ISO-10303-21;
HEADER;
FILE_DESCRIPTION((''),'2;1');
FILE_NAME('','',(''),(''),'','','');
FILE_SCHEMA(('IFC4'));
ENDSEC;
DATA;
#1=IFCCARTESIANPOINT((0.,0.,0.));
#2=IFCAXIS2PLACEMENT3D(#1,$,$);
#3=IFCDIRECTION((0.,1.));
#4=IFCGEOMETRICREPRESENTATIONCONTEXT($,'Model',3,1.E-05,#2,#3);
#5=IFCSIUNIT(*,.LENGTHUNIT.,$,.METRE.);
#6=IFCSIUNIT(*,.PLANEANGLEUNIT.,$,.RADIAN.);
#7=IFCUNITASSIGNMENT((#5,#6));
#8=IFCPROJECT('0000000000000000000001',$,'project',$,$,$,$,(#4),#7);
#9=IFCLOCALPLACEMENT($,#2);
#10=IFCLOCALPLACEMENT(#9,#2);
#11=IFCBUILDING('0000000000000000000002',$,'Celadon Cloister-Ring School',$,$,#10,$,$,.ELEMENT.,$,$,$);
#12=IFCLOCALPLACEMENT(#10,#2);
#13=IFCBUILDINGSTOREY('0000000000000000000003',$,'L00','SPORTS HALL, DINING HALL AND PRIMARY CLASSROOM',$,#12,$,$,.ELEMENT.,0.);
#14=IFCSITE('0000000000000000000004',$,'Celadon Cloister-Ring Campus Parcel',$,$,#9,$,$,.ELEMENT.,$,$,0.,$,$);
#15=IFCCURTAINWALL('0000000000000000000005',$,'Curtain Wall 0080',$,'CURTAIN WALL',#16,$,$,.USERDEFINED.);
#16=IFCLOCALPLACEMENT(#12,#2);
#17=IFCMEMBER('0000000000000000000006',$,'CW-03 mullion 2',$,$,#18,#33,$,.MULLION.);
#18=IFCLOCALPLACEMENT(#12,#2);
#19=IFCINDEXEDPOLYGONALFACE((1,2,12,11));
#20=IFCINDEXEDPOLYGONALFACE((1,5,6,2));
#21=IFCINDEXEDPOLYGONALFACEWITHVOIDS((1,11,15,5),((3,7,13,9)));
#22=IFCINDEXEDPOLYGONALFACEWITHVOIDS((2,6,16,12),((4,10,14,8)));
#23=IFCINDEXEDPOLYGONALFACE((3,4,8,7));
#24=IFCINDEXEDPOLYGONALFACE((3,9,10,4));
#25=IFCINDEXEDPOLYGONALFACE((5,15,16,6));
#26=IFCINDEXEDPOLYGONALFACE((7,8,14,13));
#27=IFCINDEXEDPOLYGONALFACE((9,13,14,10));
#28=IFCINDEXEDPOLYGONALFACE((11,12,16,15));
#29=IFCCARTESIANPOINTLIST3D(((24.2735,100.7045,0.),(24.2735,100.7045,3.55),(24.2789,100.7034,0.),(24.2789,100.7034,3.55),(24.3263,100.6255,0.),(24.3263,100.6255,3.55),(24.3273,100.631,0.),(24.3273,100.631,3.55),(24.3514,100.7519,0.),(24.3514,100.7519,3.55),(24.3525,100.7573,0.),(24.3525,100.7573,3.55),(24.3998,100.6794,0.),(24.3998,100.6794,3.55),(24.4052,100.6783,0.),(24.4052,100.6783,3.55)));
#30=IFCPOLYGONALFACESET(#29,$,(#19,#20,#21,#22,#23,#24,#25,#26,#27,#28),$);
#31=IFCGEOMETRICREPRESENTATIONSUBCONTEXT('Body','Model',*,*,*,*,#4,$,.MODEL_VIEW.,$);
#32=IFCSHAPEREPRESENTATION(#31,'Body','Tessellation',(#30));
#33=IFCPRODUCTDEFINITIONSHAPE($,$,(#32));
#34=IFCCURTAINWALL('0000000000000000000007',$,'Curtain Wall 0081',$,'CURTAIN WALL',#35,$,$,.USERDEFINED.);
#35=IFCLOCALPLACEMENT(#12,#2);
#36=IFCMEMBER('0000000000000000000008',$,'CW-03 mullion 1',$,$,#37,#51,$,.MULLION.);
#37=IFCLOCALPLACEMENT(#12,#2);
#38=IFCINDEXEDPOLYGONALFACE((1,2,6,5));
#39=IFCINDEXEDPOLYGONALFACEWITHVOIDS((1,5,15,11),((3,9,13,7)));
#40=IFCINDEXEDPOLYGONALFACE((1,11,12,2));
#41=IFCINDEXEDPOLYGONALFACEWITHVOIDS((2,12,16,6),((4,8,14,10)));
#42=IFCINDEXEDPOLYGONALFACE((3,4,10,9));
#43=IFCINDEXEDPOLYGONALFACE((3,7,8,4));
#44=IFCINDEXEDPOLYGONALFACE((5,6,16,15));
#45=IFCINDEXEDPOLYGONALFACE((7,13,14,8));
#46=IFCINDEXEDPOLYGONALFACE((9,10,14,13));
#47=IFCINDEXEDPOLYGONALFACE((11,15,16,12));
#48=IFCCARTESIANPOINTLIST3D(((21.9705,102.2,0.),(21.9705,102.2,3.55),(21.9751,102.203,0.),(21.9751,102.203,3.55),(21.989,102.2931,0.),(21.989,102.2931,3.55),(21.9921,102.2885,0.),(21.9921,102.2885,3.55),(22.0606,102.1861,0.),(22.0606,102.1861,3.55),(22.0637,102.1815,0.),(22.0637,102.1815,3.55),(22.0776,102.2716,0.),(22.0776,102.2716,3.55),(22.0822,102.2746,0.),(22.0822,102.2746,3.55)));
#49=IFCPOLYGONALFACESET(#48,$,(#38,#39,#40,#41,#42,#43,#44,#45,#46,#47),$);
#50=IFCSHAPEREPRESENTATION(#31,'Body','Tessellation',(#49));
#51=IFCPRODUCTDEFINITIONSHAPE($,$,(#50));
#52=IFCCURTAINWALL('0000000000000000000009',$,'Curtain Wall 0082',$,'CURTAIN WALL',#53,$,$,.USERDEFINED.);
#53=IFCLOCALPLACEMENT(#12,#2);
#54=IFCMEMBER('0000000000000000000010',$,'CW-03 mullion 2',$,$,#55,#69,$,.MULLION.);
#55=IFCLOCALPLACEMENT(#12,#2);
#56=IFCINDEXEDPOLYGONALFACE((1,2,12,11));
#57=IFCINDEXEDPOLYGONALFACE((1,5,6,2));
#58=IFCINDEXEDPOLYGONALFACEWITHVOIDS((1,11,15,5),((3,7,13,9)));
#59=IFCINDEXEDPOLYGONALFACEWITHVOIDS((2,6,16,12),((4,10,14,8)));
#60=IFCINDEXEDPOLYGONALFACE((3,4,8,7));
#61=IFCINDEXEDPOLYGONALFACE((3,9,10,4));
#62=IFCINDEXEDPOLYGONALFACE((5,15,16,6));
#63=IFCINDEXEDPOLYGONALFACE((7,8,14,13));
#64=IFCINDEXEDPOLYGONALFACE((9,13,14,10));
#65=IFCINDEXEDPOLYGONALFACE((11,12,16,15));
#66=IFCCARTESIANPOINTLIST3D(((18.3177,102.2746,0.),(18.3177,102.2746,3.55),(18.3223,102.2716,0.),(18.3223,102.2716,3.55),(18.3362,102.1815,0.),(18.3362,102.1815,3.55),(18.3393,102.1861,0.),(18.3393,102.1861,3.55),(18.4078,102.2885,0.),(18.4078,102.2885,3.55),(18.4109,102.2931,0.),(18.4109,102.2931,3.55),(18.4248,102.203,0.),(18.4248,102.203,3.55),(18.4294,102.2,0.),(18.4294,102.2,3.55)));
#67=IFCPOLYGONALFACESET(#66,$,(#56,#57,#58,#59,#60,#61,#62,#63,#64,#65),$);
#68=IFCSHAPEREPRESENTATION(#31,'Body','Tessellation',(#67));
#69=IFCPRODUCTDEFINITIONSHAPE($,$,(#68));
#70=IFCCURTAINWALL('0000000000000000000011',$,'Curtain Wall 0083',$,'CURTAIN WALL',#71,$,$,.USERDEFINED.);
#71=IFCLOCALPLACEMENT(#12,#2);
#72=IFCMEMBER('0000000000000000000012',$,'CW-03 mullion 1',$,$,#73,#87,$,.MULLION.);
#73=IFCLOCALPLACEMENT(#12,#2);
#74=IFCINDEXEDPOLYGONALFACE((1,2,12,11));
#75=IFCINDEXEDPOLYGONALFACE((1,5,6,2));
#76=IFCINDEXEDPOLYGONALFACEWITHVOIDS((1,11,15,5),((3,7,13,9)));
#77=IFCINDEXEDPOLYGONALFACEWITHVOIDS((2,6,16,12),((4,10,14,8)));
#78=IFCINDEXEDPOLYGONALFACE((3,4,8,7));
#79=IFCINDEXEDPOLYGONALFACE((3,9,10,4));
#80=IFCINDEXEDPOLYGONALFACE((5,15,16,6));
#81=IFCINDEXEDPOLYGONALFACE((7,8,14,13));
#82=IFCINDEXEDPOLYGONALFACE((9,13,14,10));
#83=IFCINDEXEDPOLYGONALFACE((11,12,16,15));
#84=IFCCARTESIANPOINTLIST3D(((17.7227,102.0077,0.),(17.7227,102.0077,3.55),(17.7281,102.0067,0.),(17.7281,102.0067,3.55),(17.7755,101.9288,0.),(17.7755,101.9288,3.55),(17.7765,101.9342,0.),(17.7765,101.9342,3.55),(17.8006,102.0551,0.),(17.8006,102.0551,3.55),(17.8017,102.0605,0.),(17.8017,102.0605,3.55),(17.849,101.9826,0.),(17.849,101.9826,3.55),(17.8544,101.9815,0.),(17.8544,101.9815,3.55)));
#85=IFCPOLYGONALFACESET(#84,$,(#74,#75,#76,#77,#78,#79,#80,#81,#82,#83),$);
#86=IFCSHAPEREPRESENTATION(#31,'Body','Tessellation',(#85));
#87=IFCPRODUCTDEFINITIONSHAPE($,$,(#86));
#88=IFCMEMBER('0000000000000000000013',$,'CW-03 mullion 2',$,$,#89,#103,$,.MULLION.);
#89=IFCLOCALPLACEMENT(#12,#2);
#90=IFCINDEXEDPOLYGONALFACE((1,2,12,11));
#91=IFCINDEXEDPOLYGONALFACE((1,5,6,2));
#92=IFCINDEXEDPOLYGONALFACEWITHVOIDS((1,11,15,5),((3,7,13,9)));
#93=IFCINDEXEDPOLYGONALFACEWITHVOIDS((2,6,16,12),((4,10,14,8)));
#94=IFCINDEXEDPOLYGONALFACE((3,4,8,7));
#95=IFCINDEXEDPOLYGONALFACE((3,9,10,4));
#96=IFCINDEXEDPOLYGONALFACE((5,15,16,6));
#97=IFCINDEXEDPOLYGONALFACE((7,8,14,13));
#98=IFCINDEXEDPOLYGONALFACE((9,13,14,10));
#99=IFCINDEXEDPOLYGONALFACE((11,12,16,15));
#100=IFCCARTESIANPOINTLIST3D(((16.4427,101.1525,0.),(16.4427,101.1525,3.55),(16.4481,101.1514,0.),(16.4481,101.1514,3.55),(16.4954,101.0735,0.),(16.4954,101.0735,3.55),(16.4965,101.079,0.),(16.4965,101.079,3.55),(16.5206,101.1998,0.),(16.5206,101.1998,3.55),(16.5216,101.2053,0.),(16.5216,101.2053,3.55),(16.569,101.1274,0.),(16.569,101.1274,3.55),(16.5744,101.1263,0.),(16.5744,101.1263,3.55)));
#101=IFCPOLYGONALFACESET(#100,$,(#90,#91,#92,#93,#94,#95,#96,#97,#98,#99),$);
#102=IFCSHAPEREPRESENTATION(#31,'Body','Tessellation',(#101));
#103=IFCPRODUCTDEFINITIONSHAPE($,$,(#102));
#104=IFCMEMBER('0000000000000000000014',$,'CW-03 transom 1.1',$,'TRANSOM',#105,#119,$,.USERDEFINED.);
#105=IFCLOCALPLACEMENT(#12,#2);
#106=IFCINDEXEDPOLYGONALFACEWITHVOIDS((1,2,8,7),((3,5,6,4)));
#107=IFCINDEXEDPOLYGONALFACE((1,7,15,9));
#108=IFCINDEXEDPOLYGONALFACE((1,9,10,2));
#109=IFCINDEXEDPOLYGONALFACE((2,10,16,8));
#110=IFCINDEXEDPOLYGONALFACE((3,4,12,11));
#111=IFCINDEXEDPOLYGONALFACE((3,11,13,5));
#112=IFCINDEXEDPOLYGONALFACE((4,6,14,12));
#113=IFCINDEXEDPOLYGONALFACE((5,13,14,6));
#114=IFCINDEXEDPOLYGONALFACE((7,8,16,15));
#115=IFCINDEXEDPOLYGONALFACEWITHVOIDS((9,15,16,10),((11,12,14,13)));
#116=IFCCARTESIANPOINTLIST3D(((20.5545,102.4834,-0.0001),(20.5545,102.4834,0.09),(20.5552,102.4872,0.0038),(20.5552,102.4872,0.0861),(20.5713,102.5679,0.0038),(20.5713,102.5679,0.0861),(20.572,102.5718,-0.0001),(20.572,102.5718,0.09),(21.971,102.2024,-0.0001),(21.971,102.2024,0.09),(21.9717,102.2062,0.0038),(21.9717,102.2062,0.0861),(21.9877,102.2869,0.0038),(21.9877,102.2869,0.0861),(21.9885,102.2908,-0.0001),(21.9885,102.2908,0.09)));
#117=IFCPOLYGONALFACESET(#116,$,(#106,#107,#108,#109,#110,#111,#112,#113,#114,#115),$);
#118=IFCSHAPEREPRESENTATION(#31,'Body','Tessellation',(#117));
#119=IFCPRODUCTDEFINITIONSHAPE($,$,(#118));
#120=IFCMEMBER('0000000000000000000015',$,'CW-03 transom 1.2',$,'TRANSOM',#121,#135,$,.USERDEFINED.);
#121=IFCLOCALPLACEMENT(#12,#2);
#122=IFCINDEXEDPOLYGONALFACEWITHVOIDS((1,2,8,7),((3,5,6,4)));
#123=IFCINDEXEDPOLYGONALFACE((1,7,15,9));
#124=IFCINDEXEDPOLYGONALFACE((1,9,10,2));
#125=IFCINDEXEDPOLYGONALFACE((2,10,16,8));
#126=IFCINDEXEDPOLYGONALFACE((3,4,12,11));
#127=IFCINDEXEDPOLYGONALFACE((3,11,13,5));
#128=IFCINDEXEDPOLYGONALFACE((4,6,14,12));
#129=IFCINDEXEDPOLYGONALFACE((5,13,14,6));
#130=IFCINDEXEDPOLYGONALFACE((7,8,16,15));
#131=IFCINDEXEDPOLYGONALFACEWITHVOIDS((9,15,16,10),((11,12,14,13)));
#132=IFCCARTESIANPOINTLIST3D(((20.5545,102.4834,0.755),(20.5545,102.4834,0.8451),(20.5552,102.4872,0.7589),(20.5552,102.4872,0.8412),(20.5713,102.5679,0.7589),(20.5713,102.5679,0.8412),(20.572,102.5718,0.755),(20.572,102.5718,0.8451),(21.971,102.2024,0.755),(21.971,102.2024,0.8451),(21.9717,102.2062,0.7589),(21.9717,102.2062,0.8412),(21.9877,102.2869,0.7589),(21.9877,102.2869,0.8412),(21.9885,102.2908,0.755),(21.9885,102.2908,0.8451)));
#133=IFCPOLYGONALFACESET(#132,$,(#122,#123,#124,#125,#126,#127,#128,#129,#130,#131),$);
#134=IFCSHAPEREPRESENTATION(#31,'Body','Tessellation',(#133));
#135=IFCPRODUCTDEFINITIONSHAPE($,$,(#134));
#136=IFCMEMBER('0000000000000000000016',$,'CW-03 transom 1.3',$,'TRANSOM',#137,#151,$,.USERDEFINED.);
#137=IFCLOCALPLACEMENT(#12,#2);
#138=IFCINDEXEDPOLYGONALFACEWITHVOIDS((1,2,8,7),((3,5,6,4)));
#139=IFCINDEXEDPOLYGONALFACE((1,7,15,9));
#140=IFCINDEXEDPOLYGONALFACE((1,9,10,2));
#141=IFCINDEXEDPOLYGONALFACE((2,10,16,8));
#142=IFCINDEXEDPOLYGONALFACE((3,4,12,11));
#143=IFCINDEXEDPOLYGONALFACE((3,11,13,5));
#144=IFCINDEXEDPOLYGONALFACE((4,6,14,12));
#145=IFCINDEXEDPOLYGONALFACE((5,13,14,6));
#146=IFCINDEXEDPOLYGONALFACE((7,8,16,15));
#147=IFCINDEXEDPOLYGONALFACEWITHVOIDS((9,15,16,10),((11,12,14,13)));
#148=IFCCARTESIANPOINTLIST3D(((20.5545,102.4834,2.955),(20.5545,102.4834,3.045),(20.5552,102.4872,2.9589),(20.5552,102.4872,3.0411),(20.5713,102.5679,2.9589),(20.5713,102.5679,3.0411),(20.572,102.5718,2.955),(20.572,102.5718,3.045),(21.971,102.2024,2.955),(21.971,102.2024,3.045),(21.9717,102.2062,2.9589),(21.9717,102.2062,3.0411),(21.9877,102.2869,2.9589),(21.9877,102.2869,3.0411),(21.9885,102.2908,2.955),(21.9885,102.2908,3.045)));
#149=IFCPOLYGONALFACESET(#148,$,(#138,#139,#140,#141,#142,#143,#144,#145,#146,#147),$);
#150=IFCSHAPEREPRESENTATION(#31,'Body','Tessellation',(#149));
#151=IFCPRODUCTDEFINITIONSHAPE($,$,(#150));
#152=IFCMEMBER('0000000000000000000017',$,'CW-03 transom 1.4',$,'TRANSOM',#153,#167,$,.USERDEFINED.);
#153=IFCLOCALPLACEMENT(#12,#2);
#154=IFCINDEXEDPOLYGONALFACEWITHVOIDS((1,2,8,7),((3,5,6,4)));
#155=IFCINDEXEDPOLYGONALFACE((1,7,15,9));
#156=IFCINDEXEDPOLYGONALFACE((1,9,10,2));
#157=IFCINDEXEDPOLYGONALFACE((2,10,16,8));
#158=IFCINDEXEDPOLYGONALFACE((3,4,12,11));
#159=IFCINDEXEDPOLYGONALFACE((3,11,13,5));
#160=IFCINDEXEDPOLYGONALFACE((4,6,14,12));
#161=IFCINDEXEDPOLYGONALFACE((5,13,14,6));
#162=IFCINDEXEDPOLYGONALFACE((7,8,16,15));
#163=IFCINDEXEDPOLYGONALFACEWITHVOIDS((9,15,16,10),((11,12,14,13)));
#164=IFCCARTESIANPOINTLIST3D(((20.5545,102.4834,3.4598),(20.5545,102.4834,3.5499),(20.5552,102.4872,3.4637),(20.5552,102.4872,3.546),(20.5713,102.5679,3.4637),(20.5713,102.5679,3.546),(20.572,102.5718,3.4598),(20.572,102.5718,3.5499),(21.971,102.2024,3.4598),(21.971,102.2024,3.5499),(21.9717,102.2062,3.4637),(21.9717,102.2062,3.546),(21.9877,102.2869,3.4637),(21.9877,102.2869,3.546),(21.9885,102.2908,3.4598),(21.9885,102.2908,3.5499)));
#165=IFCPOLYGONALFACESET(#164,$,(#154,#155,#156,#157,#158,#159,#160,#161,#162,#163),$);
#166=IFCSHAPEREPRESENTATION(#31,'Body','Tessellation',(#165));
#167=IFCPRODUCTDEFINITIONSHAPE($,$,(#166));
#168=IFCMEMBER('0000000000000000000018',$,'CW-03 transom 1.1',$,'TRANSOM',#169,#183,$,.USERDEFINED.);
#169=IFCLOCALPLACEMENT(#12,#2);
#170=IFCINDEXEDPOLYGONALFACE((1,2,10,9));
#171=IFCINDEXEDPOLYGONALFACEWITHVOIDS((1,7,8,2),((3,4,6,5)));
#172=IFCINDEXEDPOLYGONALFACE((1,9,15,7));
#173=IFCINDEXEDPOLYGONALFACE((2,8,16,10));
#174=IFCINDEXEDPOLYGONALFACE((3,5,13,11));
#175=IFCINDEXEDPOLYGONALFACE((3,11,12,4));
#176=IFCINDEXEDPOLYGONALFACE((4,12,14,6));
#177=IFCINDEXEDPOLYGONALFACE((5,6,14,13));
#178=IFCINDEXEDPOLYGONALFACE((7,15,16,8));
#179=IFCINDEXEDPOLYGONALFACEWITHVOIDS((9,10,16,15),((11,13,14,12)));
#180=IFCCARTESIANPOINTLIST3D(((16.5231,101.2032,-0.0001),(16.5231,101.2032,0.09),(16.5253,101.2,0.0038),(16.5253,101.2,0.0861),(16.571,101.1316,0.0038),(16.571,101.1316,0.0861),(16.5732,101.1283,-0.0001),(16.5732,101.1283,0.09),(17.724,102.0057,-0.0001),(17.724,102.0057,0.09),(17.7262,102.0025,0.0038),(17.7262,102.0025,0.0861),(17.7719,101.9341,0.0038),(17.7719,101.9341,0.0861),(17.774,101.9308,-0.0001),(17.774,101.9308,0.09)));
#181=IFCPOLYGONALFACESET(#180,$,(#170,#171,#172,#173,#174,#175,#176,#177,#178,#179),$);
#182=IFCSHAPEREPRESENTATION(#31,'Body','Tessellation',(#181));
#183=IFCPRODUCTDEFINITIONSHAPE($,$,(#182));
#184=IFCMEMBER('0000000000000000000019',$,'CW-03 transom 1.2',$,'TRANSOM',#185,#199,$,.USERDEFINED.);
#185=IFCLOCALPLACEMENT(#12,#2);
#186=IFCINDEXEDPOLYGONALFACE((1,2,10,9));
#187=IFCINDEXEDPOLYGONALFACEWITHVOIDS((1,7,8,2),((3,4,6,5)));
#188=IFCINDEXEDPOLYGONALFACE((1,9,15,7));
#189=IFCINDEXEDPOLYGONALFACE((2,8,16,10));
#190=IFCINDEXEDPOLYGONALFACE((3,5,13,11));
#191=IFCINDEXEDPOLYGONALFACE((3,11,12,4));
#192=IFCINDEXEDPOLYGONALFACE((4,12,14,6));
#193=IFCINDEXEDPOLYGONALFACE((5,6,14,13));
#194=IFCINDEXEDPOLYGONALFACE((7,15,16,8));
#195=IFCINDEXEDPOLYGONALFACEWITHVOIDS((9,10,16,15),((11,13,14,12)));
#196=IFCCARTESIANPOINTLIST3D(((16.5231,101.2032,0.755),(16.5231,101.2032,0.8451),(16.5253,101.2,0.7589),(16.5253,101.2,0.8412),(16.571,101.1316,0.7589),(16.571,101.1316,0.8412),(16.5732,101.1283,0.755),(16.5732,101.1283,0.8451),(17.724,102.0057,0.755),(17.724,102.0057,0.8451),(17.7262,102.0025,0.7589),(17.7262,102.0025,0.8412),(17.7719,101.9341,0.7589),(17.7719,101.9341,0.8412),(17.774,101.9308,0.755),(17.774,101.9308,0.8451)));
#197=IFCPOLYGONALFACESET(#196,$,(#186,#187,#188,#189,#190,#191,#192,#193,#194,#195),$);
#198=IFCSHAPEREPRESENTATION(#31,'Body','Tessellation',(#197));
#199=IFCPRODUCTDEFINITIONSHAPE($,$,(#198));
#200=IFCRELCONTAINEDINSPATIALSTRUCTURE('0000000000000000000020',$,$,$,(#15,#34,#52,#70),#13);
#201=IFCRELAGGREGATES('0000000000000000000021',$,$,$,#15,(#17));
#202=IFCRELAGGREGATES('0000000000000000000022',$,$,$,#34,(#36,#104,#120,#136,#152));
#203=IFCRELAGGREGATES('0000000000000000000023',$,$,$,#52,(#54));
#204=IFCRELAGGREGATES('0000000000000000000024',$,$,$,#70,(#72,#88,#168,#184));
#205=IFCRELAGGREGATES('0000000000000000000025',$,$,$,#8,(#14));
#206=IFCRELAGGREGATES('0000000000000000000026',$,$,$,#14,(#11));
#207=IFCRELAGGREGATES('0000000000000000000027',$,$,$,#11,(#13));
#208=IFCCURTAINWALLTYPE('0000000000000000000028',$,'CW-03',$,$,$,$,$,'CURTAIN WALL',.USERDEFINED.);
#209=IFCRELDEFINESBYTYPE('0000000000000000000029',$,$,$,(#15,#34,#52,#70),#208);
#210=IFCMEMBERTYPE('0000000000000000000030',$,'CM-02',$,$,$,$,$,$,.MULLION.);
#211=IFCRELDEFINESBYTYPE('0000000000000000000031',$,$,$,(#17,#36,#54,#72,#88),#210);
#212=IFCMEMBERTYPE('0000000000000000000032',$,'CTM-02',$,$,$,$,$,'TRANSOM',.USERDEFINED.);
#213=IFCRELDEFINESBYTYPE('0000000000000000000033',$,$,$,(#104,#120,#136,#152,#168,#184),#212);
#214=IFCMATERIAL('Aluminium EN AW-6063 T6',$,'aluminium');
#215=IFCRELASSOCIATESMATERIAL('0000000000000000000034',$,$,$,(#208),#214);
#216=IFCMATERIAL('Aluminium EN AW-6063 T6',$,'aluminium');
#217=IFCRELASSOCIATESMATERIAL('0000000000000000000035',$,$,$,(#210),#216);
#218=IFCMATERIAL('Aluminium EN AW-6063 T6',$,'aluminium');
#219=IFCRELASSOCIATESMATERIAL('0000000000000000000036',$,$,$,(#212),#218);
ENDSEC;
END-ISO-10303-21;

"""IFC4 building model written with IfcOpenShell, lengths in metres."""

from ifc_helpers import new_model, si_unit, direction, frame, origin, origin_2d, place, context, subcontext, project, spatial, hollow_rectangle, extrude, material, material_profile, profile_set, type_object, element, aggregate, save


model = new_model("IFC4")

# Units and contexts
model_context = context("Model", 3, precision=1e-05, world=origin(), true_north=direction((0.0, 1.0)))
body_context = subcontext(model_context, "Body", "Model", "MODEL_VIEW")
ifc_project = project(units=[si_unit("LENGTHUNIT", "METRE"), si_unit("PLANEANGLEUNIT", "RADIAN")], contexts=[model_context])

# Site, building, storey
site_placement = place(None, origin())
site = spatial("IfcSite", under=ifc_project, at=site_placement, Name="Celadon Cloister-Ring Campus Parcel", CompositionType="ELEMENT", RefElevation=0.0)
building_placement = place(site_placement, origin())
building = spatial("IfcBuilding", under=site, at=building_placement, Name="Celadon Cloister-Ring School", CompositionType="ELEMENT")
storey_placement = place(building_placement, origin())
storey = spatial("IfcBuildingStorey", under=building, at=storey_placement, Name="L00", Description="SPORTS HALL, DINING HALL AND PRIMARY CLASSROOM", CompositionType="ELEMENT", Elevation=0.0)

# Curtain walls, members
ifc_material_1 = material(Name="Aluminium EN AW-6063 T6", Category="aluminium")
curtain_wall_type = type_object("IfcCurtainWallType", Name="CW-03", ElementType="CURTAIN WALL", PredefinedType="USERDEFINED", material=ifc_material_1)
curtain_wall_1_placement = place(storey_placement, origin())
curtain_wall_1 = element("IfcCurtainWall", 1, at=curtain_wall_1_placement, inside=storey, type_object=curtain_wall_type, Name="Curtain Wall 0080", ObjectType="CURTAIN WALL", PredefinedType="USERDEFINED")
ifc_material_2 = material(Name="Aluminium EN AW-6063 T6", Category="aluminium")
ifc_material_profile_1 = material_profile(ifc_material_2, hollow_rectangle(XDim=0.095, YDim=0.095, WallThickness=0.0039, at=origin_2d()), Name="RHS95X95X4")
ifc_profile_set_1 = profile_set([ifc_material_profile_1], Name="Aluminium EN AW-6063 T6")
member_type_1 = type_object("IfcMemberType", Name="CM-02", PredefinedType="MULLION", material=ifc_profile_set_1)
member_1_placement = place(storey_placement, frame((24.3394, 100.6914, 0.0), z_axis=(0.0, 0.0, 1.0), x_axis=(-0.831485, -0.555547, 0.0)))
member_1 = element("IfcMember", 2, at=member_1_placement, type_object=member_type_1, Name="CW-03 mullion 2", PredefinedType="MULLION", context=body_context, shape_type="SweptSolid", body=[
    extrude(hollow_rectangle(XDim=0.095, YDim=0.095, WallThickness=0.0039, at=origin_2d()), origin(), (0.0, 0.0, 1.0), 3.55),
])
aggregate(curtain_wall_1, [member_1])
curtain_wall_2_placement = place(storey_placement, origin())
curtain_wall_2 = element("IfcCurtainWall", 3, at=curtain_wall_2_placement, inside=storey, type_object=curtain_wall_type, Name="Curtain Wall 0081", ObjectType="CURTAIN WALL", PredefinedType="USERDEFINED")
member_2_placement = place(storey_placement, frame((22.0264, 102.2373, 0.0), z_axis=(0.0, 0.0, 1.0), x_axis=(-0.194586, -0.980885, 0.0)))
member_2 = element("IfcMember", 4, at=member_2_placement, type_object=member_type_1, Name="CW-03 mullion 1", PredefinedType="MULLION", context=body_context, shape_type="SweptSolid", body=[
    extrude(hollow_rectangle(XDim=0.095, YDim=0.095, WallThickness=0.0039, at=origin_2d()), origin(), (0.0, 0.0, 1.0), 3.55),
])
curtain_wall_3_placement = place(storey_placement, origin())
curtain_wall_3 = element("IfcCurtainWall", 5, at=curtain_wall_3_placement, inside=storey, type_object=curtain_wall_type, Name="Curtain Wall 0082", ObjectType="CURTAIN WALL", PredefinedType="USERDEFINED")
member_3_placement = place(storey_placement, frame((18.3735, 102.2373, 0.0), z_axis=(0.0, 0.0, 1.0), x_axis=(0.194586, -0.980885, 0.0)))
member_3 = element("IfcMember", 6, at=member_3_placement, type_object=member_type_1, Name="CW-03 mullion 2", PredefinedType="MULLION", context=body_context, shape_type="SweptSolid", body=[
    extrude(hollow_rectangle(XDim=0.095, YDim=0.095, WallThickness=0.0039, at=origin_2d()), origin(), (0.0, 0.0, 1.0), 3.55),
])

# Curtain wall, members
curtain_wall_4_placement = place(storey_placement, origin())
curtain_wall_4 = element("IfcCurtainWall", 7, at=curtain_wall_4_placement, inside=storey, type_object=curtain_wall_type, Name="Curtain Wall 0083", ObjectType="CURTAIN WALL", PredefinedType="USERDEFINED")
member_4_placement = place(storey_placement, frame((17.7886, 101.9946, 0.0), z_axis=(0.0, 0.0, 1.0), x_axis=(0.555547, -0.831485, 0.0)))
member_4 = element("IfcMember", 8, at=member_4_placement, type_object=member_type_1, Name="CW-03 mullion 1", PredefinedType="MULLION", context=body_context, shape_type="SweptSolid", body=[
    extrude(hollow_rectangle(XDim=0.095, YDim=0.095, WallThickness=0.0039, at=origin_2d()), origin(), (0.0, 0.0, 1.0), 3.55),
])
member_5_placement = place(storey_placement, frame((16.5085, 101.1394, 0.0), z_axis=(0.0, 0.0, 1.0), x_axis=(0.555547, -0.831485, 0.0)))
member_5 = element("IfcMember", 9, at=member_5_placement, type_object=member_type_1, Name="CW-03 mullion 2", PredefinedType="MULLION", context=body_context, shape_type="SweptSolid", body=[
    extrude(hollow_rectangle(XDim=0.095, YDim=0.095, WallThickness=0.0039, at=origin_2d()), origin(), (0.0, 0.0, 1.0), 3.55),
])

# Members
ifc_material_3 = material(Name="Aluminium EN AW-6063 T6", Category="aluminium")
ifc_material_profile_2 = material_profile(ifc_material_3, hollow_rectangle(XDim=0.0901, YDim=0.0901, WallThickness=0.0039, at=origin_2d()), Name="RHS90X90X4")
ifc_profile_set_2 = profile_set([ifc_material_profile_2], Name="Aluminium EN AW-6063 T6")
member_type_2 = type_object("IfcMemberType", Name="CTM-02", ElementType="TRANSOM", PredefinedType="USERDEFINED", material=ifc_profile_set_2)
member_6_placement = place(storey_placement, frame((21.9797, 102.2466, 0.0449), z_axis=(-0.980885, 0.194588, 0.0), x_axis=(-0.194588, -0.980885, 0.0)))
member_6 = element("IfcMember", 10, at=member_6_placement, type_object=member_type_2, Name="CW-03 transom 1.1", ObjectType="TRANSOM", PredefinedType="USERDEFINED", context=body_context, shape_type="SweptSolid", body=[
    extrude(hollow_rectangle(XDim=0.0901, YDim=0.0901, WallThickness=0.0039, at=origin_2d()), origin(), (0.0, 0.0, 1.0), 1.4441),
])
member_7_placement = place(storey_placement, frame((21.9797, 102.2466, 0.8), z_axis=(-0.980885, 0.194588, 0.0), x_axis=(-0.194588, -0.980885, 0.0)))
member_7 = element("IfcMember", 11, at=member_7_placement, type_object=member_type_2, Name="CW-03 transom 1.2", ObjectType="TRANSOM", PredefinedType="USERDEFINED", context=body_context, shape_type="SweptSolid", body=[
    extrude(hollow_rectangle(XDim=0.0901, YDim=0.0901, WallThickness=0.0039, at=origin_2d()), origin(), (0.0, 0.0, 1.0), 1.4441),
])
member_8_placement = place(storey_placement, frame((21.9797, 102.2466, 3.0), z_axis=(-0.980885, 0.194588, 0.0), x_axis=(-0.194588, -0.980885, 0.0)))
member_8 = element("IfcMember", 12, at=member_8_placement, type_object=member_type_2, Name="CW-03 transom 1.3", ObjectType="TRANSOM", PredefinedType="USERDEFINED", context=body_context, shape_type="SweptSolid", body=[
    extrude(hollow_rectangle(XDim=0.0901, YDim=0.0901, WallThickness=0.0039, at=origin_2d()), origin(), (0.0, 0.0, 1.0), 1.4441),
])
member_9_placement = place(storey_placement, frame((21.9797, 102.2466, 3.5049), z_axis=(-0.980885, 0.194588, 0.0), x_axis=(-0.194588, -0.980885, 0.0)))
member_9 = element("IfcMember", 13, at=member_9_placement, type_object=member_type_2, Name="CW-03 transom 1.4", ObjectType="TRANSOM", PredefinedType="USERDEFINED", context=body_context, shape_type="SweptSolid", body=[
    extrude(hollow_rectangle(XDim=0.0901, YDim=0.0901, WallThickness=0.0039, at=origin_2d()), origin(), (0.0, 0.0, 1.0), 1.4441),
])
member_10_placement = place(storey_placement, frame((17.749, 101.9683, 0.0449), z_axis=(-0.831452, -0.555597, 0.0), x_axis=(0.555597, -0.831452, 0.0)))
member_10 = element("IfcMember", 14, at=member_10_placement, type_object=member_type_2, Name="CW-03 transom 1.1", ObjectType="TRANSOM", PredefinedType="USERDEFINED", context=body_context, shape_type="SweptSolid", body=[
    extrude(hollow_rectangle(XDim=0.0901, YDim=0.0901, WallThickness=0.0039, at=origin_2d()), origin(), (0.0, 0.0, 1.0), 1.4443),
])
member_11_placement = place(storey_placement, frame((17.749, 101.9683, 0.8), z_axis=(-0.831452, -0.555597, 0.0), x_axis=(0.555597, -0.831452, 0.0)))
member_11 = element("IfcMember", 15, at=member_11_placement, type_object=member_type_2, Name="CW-03 transom 1.2", ObjectType="TRANSOM", PredefinedType="USERDEFINED", context=body_context, shape_type="SweptSolid", body=[
    extrude(hollow_rectangle(XDim=0.0901, YDim=0.0901, WallThickness=0.0039, at=origin_2d()), origin(), (0.0, 0.0, 1.0), 1.4443),
])

aggregate(curtain_wall_2, [member_2, member_6, member_7, member_8, member_9])
aggregate(curtain_wall_3, [member_3])
aggregate(curtain_wall_4, [member_4, member_5, member_10, member_11])

save(model, "model.ifc")
